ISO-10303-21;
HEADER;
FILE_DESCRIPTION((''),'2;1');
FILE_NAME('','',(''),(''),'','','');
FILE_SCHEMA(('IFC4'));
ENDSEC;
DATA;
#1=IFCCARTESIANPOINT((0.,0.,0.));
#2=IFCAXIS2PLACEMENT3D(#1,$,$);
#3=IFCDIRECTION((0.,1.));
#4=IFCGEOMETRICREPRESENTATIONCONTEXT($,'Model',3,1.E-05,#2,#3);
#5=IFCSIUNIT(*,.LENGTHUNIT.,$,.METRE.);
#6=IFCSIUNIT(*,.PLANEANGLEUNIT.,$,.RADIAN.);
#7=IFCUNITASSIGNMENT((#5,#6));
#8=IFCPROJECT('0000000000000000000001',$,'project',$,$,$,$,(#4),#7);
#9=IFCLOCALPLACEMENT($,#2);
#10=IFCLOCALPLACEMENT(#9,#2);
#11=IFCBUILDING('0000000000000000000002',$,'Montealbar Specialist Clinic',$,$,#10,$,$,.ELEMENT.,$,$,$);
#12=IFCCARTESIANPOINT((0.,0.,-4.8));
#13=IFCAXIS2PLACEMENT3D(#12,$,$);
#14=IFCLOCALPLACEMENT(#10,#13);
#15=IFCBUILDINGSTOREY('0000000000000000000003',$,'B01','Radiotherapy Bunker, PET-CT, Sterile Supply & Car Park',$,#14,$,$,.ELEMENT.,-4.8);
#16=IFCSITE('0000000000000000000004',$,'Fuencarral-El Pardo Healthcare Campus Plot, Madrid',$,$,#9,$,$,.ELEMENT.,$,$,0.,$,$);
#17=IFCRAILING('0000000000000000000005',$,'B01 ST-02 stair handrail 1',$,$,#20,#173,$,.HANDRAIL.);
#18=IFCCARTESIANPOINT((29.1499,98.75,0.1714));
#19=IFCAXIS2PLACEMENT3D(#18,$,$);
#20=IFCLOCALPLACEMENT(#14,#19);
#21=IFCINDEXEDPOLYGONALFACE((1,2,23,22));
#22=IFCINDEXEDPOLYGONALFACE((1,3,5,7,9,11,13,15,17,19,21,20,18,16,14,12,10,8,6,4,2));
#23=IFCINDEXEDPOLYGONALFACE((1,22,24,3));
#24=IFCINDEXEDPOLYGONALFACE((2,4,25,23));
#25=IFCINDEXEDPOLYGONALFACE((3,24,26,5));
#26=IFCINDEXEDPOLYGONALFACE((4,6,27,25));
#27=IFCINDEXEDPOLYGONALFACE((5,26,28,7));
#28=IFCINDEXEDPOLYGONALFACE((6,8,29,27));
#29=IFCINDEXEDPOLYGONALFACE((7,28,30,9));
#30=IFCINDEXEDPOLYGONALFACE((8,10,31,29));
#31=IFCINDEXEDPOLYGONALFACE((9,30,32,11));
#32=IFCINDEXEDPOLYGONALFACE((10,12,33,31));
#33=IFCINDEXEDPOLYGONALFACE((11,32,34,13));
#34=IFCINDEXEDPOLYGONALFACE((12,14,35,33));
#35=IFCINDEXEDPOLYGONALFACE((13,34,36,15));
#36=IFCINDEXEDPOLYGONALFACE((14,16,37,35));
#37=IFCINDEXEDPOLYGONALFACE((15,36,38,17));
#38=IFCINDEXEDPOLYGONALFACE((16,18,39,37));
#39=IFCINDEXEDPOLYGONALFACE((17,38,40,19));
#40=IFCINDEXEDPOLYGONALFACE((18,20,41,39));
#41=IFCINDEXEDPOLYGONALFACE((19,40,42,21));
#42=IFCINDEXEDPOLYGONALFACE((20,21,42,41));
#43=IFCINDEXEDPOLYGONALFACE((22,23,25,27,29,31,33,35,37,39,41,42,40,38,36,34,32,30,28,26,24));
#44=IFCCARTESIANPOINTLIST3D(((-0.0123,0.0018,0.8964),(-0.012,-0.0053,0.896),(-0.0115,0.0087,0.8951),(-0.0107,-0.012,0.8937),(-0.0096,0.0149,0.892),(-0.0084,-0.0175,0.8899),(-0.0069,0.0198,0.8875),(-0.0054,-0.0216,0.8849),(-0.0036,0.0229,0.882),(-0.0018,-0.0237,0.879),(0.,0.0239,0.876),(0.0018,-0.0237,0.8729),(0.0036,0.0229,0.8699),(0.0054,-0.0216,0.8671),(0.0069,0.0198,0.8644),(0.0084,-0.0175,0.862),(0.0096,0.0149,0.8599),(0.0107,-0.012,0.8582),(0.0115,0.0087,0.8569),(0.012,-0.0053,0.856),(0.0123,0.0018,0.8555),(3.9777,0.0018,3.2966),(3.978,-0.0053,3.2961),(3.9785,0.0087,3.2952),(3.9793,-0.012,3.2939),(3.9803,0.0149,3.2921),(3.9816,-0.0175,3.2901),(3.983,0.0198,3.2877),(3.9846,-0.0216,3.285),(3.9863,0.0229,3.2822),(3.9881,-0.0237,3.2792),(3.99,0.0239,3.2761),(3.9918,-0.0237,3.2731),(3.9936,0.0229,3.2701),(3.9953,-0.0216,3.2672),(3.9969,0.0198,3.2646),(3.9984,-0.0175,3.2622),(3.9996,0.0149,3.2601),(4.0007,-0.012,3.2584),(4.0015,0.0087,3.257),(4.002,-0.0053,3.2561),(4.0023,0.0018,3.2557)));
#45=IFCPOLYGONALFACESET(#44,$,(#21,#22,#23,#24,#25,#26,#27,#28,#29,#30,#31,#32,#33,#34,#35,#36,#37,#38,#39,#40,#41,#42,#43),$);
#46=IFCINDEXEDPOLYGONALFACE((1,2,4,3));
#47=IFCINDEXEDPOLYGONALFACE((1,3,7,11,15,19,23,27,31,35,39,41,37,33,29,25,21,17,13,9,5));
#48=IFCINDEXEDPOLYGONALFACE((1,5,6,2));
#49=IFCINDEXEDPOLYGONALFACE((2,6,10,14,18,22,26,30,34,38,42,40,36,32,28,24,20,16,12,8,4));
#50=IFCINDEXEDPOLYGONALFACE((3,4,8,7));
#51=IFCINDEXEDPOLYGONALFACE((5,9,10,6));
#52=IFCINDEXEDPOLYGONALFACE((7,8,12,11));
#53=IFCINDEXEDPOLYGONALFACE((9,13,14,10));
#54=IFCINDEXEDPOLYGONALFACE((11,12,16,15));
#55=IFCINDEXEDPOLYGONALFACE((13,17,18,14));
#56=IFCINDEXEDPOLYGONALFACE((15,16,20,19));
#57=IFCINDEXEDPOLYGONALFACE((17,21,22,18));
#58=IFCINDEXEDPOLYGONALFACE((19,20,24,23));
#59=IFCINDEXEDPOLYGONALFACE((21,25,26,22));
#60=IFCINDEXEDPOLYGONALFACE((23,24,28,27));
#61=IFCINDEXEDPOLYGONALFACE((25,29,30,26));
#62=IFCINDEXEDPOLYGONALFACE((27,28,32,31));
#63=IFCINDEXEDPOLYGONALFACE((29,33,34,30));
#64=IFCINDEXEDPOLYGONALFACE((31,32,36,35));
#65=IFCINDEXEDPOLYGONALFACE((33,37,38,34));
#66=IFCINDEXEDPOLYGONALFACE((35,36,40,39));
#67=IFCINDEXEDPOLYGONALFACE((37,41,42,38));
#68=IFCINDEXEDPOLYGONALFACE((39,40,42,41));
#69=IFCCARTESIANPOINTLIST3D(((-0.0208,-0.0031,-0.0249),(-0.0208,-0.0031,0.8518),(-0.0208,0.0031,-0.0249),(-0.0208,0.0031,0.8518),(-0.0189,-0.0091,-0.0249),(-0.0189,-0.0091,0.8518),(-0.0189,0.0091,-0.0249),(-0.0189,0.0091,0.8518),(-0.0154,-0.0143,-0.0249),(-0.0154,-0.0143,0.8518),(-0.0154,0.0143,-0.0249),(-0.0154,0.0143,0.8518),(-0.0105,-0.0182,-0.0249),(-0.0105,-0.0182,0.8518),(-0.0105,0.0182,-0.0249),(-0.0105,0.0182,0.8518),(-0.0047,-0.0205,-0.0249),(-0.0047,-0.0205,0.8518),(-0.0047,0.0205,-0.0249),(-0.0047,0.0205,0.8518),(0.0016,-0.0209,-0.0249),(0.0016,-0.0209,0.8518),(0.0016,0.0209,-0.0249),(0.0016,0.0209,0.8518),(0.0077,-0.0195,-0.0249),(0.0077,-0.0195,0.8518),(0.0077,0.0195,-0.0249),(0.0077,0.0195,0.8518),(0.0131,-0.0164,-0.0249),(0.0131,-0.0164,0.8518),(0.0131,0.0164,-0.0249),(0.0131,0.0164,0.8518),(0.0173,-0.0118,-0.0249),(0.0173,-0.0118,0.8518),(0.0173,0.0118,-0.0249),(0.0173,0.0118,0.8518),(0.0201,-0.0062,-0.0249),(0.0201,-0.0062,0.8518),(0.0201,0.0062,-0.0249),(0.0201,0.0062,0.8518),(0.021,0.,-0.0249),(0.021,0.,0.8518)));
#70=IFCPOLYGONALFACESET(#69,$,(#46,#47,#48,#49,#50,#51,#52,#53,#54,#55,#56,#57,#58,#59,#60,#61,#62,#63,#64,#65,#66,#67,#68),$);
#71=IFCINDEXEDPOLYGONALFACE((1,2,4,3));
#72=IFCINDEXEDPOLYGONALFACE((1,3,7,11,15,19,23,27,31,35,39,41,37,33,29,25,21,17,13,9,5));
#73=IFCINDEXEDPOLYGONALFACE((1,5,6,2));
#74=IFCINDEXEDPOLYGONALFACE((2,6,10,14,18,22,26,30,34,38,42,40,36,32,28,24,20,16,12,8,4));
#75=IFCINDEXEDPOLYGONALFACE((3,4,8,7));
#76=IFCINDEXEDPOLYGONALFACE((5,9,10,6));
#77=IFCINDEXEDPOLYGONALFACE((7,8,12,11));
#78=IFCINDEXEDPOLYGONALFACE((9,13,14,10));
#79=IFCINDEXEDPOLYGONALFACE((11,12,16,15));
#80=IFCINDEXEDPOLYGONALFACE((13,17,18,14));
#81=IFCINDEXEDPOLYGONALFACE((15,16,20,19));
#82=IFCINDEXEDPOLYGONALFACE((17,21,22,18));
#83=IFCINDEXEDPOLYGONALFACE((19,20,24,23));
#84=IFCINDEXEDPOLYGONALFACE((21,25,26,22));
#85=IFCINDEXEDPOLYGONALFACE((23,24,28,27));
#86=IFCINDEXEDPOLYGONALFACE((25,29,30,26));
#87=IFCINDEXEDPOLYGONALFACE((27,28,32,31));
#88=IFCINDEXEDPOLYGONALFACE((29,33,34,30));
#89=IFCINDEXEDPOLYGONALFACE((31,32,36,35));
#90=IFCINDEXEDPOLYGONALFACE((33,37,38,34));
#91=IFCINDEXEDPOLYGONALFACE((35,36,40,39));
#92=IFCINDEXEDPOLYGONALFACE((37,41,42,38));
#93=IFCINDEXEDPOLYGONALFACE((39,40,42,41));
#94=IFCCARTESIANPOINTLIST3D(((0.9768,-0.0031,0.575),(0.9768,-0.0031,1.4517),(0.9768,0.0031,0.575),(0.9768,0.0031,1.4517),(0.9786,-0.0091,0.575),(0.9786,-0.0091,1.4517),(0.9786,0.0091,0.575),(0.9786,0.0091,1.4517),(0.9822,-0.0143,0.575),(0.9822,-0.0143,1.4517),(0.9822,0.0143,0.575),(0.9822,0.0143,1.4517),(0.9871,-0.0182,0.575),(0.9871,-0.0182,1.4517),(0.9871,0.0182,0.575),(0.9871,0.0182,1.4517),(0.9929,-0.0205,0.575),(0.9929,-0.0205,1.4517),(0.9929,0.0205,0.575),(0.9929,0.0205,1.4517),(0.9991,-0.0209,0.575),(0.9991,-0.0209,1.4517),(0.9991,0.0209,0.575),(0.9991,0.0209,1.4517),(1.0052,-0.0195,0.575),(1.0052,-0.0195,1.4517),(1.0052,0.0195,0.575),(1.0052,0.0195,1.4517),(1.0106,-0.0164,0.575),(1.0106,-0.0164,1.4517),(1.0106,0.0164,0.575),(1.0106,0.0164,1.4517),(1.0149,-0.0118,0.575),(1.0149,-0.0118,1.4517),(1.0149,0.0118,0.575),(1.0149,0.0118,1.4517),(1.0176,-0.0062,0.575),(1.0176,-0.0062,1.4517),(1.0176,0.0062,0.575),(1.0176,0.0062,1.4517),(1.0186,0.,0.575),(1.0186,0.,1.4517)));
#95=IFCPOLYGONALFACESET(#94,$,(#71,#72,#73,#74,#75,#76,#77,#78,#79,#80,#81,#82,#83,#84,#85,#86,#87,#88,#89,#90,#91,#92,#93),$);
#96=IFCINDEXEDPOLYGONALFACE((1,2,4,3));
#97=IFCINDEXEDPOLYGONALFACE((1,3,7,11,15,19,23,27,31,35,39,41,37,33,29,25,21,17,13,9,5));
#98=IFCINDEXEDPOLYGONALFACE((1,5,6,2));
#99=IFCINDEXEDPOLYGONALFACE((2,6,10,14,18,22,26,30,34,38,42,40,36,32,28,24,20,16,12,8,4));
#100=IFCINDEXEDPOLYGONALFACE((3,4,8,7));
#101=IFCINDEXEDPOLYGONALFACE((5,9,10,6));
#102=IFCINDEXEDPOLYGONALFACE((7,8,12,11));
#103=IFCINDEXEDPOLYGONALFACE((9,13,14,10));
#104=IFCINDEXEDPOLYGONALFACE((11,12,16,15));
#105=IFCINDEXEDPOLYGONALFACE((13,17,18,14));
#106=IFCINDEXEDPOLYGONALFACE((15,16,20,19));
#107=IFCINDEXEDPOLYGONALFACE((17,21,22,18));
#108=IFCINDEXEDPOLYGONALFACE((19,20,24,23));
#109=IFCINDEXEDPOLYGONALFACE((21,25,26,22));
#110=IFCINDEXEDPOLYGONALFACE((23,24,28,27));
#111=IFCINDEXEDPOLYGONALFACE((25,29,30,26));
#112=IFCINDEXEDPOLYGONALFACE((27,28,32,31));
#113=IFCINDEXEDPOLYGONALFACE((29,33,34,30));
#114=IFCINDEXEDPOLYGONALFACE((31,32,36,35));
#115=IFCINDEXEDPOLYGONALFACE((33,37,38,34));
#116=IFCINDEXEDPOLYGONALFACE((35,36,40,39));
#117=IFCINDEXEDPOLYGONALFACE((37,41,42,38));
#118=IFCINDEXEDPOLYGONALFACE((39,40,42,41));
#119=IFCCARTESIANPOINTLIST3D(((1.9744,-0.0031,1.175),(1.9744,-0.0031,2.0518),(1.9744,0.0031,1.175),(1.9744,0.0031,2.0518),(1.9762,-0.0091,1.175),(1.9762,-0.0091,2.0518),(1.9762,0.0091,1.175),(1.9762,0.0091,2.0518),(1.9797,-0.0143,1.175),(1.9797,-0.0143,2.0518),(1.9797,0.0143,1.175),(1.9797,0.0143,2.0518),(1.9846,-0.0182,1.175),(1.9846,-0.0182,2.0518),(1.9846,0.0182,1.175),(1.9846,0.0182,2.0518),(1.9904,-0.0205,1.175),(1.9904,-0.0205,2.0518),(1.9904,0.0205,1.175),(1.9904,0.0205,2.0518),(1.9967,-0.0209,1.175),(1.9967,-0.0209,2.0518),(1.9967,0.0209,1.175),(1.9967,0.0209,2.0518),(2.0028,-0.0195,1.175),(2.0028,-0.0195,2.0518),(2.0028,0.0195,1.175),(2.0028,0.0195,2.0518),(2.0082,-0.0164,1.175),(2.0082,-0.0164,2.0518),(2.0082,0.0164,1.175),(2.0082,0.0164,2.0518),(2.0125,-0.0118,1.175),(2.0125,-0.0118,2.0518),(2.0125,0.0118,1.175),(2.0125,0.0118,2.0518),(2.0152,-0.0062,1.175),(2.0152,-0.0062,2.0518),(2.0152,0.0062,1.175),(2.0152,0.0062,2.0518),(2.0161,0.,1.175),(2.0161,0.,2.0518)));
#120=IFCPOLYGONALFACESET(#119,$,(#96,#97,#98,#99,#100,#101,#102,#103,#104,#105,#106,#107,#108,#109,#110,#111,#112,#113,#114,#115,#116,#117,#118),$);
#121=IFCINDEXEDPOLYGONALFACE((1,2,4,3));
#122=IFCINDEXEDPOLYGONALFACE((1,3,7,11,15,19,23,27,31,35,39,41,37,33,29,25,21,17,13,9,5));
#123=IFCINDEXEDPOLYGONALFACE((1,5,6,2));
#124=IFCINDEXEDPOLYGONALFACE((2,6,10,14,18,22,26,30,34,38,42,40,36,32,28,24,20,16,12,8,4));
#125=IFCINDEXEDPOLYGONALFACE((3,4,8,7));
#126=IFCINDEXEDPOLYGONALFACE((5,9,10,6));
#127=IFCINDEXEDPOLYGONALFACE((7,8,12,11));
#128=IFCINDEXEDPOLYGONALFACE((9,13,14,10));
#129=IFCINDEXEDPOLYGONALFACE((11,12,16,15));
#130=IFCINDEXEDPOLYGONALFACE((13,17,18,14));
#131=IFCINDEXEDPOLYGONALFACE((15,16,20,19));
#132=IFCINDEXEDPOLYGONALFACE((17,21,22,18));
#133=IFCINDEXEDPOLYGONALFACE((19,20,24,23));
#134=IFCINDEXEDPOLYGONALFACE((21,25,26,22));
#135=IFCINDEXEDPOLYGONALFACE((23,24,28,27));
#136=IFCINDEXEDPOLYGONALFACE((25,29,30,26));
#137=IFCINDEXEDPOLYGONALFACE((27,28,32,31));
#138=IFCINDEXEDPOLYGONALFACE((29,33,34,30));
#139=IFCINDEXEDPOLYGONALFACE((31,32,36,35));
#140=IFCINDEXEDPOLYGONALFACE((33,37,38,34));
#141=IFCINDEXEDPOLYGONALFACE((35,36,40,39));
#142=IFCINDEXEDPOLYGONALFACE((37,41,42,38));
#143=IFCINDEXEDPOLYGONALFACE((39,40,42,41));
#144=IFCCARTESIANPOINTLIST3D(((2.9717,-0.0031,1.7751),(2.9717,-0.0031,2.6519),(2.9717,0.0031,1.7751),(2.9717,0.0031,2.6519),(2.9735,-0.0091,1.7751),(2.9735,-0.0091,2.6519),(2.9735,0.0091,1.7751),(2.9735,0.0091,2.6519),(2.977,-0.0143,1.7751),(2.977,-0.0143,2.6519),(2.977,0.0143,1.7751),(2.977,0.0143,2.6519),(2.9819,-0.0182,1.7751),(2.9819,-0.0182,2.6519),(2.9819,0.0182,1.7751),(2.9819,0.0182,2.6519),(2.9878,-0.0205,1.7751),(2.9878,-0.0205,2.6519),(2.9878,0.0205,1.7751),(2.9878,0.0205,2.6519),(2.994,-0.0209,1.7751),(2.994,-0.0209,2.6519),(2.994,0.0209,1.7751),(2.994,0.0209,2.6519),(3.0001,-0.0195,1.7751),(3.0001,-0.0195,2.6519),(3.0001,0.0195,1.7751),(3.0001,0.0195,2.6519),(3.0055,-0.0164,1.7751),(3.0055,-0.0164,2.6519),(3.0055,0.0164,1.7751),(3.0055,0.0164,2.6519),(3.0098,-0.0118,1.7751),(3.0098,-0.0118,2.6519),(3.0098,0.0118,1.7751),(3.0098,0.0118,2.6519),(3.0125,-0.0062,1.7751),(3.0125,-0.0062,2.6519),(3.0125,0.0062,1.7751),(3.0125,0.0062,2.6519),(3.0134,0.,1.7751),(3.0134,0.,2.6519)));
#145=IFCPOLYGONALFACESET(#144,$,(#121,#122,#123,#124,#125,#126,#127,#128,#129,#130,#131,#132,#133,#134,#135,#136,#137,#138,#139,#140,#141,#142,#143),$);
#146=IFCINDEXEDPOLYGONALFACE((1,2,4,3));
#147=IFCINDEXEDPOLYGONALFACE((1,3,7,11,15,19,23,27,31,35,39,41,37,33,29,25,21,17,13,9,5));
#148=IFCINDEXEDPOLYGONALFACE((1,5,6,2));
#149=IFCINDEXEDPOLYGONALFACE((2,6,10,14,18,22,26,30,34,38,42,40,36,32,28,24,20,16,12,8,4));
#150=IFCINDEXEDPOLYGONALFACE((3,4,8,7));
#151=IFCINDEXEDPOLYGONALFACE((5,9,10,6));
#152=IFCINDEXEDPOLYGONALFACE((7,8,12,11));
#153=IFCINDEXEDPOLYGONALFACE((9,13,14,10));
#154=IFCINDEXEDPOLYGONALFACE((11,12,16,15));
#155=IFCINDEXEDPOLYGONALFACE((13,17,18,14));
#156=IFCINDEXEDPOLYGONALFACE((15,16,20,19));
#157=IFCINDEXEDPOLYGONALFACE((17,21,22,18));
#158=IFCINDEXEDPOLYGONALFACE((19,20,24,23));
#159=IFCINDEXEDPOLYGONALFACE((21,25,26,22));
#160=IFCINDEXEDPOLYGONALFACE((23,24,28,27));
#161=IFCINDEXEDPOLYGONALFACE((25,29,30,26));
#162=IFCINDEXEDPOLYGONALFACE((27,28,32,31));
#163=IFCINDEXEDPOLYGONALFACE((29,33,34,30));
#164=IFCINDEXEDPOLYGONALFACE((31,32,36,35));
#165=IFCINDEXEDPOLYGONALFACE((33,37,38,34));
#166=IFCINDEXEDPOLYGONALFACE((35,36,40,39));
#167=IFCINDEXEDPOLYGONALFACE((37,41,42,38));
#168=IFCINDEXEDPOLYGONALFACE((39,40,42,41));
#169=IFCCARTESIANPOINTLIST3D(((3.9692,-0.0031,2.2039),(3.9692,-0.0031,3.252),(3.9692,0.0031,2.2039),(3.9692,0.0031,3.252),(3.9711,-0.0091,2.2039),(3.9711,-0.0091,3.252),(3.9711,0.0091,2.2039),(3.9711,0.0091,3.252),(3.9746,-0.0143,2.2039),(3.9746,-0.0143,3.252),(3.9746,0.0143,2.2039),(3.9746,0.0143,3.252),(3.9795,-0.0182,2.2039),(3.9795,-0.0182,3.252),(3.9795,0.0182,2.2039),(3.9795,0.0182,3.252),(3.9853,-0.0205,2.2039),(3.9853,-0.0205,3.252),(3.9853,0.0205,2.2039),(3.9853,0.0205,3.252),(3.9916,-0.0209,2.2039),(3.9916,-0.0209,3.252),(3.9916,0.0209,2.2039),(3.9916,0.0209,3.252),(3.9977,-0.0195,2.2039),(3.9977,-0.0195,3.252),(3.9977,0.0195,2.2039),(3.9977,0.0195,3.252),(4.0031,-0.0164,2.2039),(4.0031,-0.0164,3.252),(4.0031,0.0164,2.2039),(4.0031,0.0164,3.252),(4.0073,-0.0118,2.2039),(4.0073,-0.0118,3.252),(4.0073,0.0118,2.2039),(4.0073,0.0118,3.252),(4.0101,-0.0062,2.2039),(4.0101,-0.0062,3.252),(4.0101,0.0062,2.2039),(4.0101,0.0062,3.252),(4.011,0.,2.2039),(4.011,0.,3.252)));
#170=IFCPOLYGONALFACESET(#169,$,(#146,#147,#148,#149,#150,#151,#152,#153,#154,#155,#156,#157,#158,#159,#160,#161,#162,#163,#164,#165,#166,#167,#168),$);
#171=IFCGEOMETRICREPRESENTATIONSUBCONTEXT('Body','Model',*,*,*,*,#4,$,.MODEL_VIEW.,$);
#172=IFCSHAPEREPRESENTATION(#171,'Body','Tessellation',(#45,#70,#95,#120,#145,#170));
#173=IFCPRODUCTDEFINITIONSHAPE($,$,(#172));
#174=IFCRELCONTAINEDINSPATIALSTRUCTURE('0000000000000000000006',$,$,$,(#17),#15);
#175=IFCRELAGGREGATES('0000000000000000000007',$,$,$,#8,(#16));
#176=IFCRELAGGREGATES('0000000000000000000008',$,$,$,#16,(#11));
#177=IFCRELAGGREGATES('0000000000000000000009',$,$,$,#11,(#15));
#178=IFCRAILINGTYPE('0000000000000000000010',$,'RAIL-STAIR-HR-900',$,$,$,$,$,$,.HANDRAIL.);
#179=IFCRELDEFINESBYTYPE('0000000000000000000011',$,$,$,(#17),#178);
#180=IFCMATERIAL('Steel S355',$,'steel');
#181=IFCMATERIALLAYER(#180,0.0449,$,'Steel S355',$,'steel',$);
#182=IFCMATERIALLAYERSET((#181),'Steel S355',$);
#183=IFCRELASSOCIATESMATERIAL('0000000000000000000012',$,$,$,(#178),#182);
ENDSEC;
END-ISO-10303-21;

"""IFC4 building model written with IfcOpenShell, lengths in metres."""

from ifc_helpers import new_model, si_unit, direction, frame, origin, origin_2d, place, context, subcontext, project, spatial, circle, extrude, material, layer, layer_set, type_object, element, save


model = new_model("IFC4")

# Units and contexts
model_context = context("Model", 3, precision=1e-05, world=origin(), true_north=direction((0.0, 1.0)))
body_context = subcontext(model_context, "Body", "Model", "MODEL_VIEW")
ifc_project = project(units=[si_unit("LENGTHUNIT", "METRE"), si_unit("PLANEANGLEUNIT", "RADIAN")], contexts=[model_context])

# Site, building, storey
site_placement = place(None, origin())
site = spatial("IfcSite", under=ifc_project, at=site_placement, Name="Fuencarral-El Pardo Healthcare Campus Plot, Madrid", CompositionType="ELEMENT", RefElevation=0.0)
building_placement = place(site_placement, origin())
building = spatial("IfcBuilding", under=site, at=building_placement, Name="Montealbar Specialist Clinic", CompositionType="ELEMENT")
storey_placement = place(building_placement, frame((0.0, 0.0, -4.8)))
storey = spatial("IfcBuildingStorey", under=building, at=storey_placement, Name="B01", Description="Radiotherapy Bunker, PET-CT, Sterile Supply & Car Park", CompositionType="ELEMENT", Elevation=-4.8)

# Shared definitions
ifc_material_1 = material(Name="Steel S355", Category="steel")

# Railing
ifc_layer_1 = layer(ifc_material_1, 0.0449, Name="Steel S355", Category="steel")
ifc_layer_set_1 = layer_set([ifc_layer_1], Name="Steel S355")
railing_type_1 = type_object("IfcRailingType", Name="RAIL-STAIR-HR-900", PredefinedType="HANDRAIL", material=ifc_layer_set_1)
railing_1_placement = place(storey_placement, frame((29.1499, 98.75, 0.1714)))
element("IfcRailing", 1, at=railing_1_placement, inside=storey, type_object=railing_type_1, Name="B01 ST-02 stair handrail 1", PredefinedType="HANDRAIL", context=body_context, shape_type="SweptSolid", body=[
    extrude(circle(Radius=0.0239, at=origin_2d()), frame((0.0, 0.0, 0.876), z_axis=(0.856909, 0.0, 0.515467), x_axis=(0.0, 1.0, 0.0)), (0.0, 0.0, 1.0), 4.6562),
    extrude(circle(Radius=0.021, at=origin_2d()), frame((0.0, 0.0, -0.0249)), (0.0, 0.0, 1.0), 0.8767),
    extrude(circle(Radius=0.021, at=origin_2d()), frame((0.9976, 0.0, 0.575)), (0.0, 0.0, 1.0), 0.8767),
    extrude(circle(Radius=0.021, at=origin_2d()), frame((1.9951, 0.0, 1.175)), (0.0, 0.0, 1.0), 0.8767),
    extrude(circle(Radius=0.021, at=origin_2d()), frame((2.9924, 0.0, 1.7751)), (0.0, 0.0, 1.0), 0.8767),
    extrude(circle(Radius=0.021, at=origin_2d()), frame((3.99, 0.0, 2.2039)), (0.0, 0.0, 1.0), 1.0481),
])

save(model, "model.ifc")
